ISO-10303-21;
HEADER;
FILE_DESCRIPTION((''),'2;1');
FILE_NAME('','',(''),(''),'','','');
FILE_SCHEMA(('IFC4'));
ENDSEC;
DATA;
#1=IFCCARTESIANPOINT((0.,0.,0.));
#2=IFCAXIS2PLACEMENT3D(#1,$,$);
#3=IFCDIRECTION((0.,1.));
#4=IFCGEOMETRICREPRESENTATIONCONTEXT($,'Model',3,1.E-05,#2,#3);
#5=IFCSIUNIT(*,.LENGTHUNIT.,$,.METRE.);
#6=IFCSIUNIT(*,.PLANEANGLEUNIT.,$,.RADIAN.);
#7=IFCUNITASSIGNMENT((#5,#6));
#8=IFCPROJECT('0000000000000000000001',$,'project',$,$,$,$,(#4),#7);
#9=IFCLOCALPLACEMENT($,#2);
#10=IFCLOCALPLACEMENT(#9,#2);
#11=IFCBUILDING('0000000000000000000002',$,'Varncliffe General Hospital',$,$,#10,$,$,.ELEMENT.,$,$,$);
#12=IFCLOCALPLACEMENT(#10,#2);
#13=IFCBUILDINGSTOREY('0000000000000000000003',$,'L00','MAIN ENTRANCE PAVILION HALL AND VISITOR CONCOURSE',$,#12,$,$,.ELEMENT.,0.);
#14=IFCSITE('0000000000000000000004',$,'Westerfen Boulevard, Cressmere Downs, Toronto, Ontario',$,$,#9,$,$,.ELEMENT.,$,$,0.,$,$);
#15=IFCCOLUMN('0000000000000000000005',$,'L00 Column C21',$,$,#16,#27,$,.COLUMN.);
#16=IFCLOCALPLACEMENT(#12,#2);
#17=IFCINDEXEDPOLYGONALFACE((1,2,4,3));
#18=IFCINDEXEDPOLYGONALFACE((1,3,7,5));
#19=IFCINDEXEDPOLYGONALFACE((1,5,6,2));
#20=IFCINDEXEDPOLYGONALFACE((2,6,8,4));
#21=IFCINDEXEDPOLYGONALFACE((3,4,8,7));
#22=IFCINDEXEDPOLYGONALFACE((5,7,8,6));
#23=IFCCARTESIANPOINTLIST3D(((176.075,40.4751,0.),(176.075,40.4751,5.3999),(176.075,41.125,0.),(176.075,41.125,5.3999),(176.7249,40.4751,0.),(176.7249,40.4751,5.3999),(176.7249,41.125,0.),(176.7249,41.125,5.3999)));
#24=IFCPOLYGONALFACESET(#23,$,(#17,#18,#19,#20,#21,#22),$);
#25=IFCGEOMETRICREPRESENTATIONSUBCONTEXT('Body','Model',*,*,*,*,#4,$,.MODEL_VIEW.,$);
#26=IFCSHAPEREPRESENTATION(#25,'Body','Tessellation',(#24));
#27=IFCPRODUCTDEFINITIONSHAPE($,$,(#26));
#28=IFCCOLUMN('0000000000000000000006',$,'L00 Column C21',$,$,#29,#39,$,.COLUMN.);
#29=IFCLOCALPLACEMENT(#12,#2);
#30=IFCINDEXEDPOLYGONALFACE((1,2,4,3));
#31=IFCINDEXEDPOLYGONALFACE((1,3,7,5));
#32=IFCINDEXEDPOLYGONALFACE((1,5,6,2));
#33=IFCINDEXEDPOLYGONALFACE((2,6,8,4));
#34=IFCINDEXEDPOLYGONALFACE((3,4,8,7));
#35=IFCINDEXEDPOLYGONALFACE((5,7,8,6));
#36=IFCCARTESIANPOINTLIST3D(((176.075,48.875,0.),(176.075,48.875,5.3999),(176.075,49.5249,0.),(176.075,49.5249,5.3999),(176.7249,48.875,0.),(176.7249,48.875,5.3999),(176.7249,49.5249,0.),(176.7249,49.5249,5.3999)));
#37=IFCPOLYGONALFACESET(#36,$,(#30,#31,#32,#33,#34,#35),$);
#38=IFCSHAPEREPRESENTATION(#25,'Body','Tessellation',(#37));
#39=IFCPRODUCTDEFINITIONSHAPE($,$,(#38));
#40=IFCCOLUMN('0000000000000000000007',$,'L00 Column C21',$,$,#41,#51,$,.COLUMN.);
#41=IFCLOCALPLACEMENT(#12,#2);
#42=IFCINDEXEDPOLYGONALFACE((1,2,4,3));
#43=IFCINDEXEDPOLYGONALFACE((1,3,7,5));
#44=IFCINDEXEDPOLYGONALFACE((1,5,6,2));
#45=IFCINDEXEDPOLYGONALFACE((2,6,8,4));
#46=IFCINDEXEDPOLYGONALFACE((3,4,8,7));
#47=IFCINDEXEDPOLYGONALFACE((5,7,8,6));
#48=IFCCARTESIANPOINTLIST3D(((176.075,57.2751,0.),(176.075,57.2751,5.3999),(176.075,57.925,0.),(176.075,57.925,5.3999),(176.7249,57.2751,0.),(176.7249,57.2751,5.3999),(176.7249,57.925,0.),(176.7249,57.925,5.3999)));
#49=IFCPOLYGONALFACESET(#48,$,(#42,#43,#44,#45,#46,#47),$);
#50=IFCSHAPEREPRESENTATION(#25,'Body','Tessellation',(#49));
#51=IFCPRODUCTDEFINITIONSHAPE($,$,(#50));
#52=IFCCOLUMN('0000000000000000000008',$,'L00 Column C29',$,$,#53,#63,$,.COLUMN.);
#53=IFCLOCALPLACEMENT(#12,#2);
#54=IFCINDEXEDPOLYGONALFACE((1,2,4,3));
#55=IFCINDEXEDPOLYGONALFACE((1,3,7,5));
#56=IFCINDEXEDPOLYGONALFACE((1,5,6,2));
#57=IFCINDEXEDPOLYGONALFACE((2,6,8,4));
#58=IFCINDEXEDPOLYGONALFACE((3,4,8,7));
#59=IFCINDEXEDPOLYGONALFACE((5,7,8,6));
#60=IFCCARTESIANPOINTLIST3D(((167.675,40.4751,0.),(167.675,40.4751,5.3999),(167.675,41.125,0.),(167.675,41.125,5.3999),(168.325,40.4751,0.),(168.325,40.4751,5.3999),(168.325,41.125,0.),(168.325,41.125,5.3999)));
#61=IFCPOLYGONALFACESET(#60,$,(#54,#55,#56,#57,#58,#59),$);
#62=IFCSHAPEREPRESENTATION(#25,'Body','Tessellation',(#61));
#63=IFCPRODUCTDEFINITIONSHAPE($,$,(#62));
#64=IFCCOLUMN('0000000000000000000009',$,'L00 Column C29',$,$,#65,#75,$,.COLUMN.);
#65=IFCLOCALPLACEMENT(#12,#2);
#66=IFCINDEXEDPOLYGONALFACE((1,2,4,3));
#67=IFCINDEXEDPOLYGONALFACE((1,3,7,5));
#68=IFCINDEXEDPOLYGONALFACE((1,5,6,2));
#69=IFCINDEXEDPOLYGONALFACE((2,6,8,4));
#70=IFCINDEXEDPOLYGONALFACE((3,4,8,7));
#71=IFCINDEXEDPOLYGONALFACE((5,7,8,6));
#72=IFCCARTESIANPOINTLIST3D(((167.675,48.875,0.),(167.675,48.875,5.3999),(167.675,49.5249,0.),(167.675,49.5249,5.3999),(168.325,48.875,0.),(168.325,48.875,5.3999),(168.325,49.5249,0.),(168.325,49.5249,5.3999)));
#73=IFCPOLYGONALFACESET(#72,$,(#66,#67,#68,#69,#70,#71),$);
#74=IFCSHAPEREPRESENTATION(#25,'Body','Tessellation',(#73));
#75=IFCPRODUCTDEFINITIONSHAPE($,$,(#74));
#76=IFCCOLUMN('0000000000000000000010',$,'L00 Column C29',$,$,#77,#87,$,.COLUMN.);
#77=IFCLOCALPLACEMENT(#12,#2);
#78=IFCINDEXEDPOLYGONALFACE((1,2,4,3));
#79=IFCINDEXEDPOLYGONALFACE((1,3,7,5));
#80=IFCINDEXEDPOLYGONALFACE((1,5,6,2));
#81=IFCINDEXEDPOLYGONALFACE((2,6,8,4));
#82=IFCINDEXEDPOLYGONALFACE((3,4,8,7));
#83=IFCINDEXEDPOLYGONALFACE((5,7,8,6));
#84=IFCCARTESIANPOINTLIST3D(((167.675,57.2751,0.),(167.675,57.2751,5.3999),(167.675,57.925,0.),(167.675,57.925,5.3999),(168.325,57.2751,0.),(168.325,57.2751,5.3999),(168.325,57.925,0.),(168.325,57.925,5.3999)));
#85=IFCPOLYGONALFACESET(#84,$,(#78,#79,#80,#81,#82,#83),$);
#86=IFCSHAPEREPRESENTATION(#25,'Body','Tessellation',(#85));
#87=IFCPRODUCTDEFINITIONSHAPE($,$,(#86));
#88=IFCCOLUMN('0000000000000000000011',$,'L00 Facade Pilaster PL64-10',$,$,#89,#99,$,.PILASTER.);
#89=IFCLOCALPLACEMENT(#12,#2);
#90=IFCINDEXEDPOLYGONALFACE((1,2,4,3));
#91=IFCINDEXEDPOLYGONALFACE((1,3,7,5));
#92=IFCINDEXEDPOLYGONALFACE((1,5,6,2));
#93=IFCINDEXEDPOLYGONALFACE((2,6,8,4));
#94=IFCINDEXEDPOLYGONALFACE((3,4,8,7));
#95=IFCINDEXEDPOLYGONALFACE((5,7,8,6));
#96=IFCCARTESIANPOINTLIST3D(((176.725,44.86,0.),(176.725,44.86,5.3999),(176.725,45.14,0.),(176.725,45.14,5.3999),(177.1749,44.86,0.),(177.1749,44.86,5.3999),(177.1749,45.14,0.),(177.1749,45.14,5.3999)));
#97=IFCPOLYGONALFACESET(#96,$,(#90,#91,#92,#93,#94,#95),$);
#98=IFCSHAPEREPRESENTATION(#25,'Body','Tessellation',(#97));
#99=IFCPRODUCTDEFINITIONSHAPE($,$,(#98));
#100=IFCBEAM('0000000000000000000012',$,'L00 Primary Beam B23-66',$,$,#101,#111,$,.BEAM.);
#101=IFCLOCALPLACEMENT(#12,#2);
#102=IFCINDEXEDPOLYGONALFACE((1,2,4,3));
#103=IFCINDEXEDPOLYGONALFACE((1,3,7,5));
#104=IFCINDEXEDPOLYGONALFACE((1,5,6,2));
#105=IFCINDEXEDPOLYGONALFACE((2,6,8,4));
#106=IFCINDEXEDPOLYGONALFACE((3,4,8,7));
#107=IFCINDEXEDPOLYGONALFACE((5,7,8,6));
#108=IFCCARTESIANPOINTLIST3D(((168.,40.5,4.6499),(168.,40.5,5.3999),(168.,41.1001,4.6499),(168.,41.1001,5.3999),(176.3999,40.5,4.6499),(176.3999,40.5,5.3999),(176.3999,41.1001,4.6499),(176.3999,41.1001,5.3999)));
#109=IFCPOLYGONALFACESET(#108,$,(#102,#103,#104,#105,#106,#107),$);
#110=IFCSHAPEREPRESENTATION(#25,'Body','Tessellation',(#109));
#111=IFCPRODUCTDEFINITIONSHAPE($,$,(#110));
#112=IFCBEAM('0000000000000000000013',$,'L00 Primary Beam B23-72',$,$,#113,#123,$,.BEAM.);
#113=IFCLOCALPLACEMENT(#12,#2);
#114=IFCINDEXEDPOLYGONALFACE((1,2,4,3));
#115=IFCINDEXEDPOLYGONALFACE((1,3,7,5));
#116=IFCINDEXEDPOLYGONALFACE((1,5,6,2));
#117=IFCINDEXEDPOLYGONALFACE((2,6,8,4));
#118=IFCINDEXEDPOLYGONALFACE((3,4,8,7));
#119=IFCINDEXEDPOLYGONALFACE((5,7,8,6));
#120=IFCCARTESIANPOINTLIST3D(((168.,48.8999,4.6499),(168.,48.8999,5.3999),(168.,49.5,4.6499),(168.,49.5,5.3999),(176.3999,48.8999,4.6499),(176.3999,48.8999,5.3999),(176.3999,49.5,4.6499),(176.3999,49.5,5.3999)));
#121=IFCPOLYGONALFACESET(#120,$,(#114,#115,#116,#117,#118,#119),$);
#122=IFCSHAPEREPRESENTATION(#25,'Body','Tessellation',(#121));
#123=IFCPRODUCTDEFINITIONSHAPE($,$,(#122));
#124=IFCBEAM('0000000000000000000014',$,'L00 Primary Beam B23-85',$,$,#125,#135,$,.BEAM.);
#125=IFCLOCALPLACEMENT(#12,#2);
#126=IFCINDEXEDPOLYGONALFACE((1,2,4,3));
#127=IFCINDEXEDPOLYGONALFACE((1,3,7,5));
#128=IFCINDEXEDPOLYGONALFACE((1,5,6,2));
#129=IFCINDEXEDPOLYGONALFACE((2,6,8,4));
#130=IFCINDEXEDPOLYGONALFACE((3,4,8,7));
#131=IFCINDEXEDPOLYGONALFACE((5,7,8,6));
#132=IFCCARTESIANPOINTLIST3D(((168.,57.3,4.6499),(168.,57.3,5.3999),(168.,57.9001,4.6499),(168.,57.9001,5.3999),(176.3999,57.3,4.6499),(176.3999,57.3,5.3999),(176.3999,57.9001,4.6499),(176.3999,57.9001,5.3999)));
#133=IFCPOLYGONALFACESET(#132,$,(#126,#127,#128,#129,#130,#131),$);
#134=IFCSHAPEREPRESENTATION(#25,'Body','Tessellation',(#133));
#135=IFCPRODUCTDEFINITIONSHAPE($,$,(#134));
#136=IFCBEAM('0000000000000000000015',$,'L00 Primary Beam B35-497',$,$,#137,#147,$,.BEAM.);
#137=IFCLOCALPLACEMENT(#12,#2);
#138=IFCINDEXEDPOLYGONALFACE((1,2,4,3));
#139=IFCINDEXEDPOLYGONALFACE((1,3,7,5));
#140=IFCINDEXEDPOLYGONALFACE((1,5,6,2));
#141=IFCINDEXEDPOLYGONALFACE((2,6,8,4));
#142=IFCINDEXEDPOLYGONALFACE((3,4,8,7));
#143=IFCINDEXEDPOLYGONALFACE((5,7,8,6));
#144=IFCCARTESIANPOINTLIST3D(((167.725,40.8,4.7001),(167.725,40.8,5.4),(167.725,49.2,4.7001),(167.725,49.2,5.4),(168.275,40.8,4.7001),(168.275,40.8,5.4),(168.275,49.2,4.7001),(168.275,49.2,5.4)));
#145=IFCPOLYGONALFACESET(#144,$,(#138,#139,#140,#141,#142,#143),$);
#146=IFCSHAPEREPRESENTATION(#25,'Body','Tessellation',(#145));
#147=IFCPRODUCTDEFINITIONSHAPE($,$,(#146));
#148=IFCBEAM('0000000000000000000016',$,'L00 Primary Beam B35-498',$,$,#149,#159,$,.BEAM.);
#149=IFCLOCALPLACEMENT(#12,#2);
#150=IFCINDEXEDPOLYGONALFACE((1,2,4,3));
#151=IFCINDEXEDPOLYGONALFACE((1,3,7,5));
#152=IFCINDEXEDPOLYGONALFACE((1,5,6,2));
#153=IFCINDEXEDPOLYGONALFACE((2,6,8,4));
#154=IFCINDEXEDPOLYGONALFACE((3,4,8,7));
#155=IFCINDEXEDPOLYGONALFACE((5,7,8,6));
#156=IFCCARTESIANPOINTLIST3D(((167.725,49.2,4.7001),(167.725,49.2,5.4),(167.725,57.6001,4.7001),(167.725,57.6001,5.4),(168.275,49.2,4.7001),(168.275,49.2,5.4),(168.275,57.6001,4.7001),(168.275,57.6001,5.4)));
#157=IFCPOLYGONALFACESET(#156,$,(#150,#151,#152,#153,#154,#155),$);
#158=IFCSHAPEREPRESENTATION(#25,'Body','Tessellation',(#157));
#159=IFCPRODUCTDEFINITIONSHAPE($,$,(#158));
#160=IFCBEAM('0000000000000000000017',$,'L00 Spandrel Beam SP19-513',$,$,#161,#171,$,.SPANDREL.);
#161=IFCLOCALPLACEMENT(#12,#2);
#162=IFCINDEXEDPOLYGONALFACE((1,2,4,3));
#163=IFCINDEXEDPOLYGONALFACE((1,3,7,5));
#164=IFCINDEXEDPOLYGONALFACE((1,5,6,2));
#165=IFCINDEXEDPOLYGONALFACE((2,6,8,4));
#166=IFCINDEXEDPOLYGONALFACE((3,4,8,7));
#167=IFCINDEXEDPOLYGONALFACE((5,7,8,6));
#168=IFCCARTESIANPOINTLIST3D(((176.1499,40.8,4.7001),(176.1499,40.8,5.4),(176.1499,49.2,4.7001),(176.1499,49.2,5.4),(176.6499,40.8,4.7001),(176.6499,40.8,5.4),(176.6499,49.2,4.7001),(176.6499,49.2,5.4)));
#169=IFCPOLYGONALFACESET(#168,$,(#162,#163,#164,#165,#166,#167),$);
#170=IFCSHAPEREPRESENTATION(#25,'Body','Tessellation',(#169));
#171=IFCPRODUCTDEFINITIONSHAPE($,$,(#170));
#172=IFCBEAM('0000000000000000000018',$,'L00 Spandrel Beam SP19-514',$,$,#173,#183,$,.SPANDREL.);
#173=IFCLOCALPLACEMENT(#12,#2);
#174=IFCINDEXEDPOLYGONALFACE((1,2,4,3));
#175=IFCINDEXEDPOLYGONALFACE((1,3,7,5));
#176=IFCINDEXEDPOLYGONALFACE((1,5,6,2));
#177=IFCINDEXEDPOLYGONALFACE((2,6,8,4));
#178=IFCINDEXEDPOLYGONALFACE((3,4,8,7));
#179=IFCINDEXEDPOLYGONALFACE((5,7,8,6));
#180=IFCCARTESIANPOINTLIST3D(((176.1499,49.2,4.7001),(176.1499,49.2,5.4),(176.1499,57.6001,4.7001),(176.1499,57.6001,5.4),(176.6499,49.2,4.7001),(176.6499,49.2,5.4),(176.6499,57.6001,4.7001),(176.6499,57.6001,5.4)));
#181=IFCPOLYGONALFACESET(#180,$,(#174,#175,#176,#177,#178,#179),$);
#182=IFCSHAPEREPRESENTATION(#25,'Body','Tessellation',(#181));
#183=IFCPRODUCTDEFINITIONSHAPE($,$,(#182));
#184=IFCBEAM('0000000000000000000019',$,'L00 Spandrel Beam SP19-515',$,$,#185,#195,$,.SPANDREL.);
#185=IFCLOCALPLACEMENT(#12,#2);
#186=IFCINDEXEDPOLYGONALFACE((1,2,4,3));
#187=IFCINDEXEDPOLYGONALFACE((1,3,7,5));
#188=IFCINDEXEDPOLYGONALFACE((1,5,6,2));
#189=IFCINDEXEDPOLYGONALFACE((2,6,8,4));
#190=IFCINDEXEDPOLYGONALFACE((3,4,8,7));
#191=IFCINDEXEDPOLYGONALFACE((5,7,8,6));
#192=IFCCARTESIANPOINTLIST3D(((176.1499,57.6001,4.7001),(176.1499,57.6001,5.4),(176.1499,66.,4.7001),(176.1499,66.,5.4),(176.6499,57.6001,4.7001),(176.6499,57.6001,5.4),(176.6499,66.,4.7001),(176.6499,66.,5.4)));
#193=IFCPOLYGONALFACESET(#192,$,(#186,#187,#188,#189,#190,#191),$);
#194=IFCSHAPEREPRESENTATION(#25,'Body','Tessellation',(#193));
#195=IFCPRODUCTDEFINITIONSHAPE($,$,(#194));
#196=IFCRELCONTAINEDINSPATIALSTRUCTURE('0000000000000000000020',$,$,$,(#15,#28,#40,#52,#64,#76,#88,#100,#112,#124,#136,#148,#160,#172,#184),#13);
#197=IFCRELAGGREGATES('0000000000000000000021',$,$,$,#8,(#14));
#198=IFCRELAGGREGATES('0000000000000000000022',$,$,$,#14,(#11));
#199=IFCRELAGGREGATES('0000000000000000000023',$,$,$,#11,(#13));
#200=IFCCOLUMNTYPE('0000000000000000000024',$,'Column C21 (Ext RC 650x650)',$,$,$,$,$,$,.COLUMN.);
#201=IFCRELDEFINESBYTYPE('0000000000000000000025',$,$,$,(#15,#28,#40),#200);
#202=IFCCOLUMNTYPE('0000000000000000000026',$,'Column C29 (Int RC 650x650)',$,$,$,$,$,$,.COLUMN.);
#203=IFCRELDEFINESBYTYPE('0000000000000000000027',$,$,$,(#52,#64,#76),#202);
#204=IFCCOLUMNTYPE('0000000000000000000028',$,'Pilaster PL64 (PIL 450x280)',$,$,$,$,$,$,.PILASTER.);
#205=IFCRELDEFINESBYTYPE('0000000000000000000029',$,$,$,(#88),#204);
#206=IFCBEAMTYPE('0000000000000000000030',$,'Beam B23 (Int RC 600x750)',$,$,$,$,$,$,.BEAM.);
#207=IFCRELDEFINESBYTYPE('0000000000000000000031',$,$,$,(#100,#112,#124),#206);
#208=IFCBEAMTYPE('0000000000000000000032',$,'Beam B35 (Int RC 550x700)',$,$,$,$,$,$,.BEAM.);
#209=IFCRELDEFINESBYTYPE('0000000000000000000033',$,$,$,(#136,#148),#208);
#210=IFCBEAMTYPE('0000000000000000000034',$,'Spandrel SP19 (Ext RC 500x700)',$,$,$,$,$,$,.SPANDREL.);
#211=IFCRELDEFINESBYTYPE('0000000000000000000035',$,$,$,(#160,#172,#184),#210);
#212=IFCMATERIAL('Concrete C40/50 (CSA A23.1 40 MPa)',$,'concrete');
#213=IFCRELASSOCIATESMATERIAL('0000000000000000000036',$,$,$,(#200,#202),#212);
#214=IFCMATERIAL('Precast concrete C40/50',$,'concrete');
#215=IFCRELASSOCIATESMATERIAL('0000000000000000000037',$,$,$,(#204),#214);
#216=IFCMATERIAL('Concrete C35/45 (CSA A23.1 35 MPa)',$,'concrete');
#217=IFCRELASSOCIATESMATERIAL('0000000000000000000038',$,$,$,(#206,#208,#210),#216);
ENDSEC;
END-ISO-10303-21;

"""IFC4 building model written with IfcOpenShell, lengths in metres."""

from ifc_helpers import new_model, si_unit, direction, frame, origin, origin_2d, place, context, subcontext, project, spatial, rectangle, extrude, material, material_profile, profile_set, type_object, element, save


model = new_model("IFC4")

# Units and contexts
model_context = context("Model", 3, precision=1e-05, world=origin(), true_north=direction((0.0, 1.0)))
body_context = subcontext(model_context, "Body", "Model", "MODEL_VIEW")
ifc_project = project(units=[si_unit("LENGTHUNIT", "METRE"), si_unit("PLANEANGLEUNIT", "RADIAN")], contexts=[model_context])

# Site, building, storey
site_placement = place(None, origin())
site = spatial("IfcSite", under=ifc_project, at=site_placement, Name="Westerfen Boulevard, Cressmere Downs, Toronto, Ontario", CompositionType="ELEMENT", RefElevation=0.0)
building_placement = place(site_placement, origin())
building = spatial("IfcBuilding", under=site, at=building_placement, Name="Varncliffe General Hospital", CompositionType="ELEMENT")
storey_placement = place(building_placement, origin())
storey = spatial("IfcBuildingStorey", under=building, at=storey_placement, Name="L00", Description="MAIN ENTRANCE PAVILION HALL AND VISITOR CONCOURSE", CompositionType="ELEMENT", Elevation=0.0)

# Columns
ifc_material_1 = material(Name="Concrete C40/50 (CSA A23.1 40 MPa)", Category="concrete")
ifc_material_profile_1 = material_profile(ifc_material_1, rectangle(XDim=0.6499, YDim=0.6499, at=origin_2d()), Name="RC 650x650")
ifc_profile_set_1 = profile_set([ifc_material_profile_1], Name="Concrete C40/50 (CSA A23.1 40 MPa)")
column_type_1 = type_object("IfcColumnType", Name="Column C21 (Ext RC 650x650)", PredefinedType="COLUMN", material=ifc_profile_set_1)
for number, where, z_axis, x_axis, name in (
    (1, (176.3999, 40.8, 0.0), (0.0, 0.0, 1.0), (1.0, 0.0, 0.0), "L00 Column C21"),
    (2, (176.3999, 49.2, 0.0), (0.0, 0.0, 1.0), (1.0, 0.0, 0.0), "L00 Column C21"),
    (3, (176.3999, 57.6001, 0.0), (0.0, 0.0, 1.0), (1.0, 0.0, 0.0), "L00 Column C21"),
):
    element("IfcColumn", number, at=place(storey_placement, frame(where, z_axis=z_axis, x_axis=x_axis)), inside=storey, type_object=column_type_1, Name=name, PredefinedType="COLUMN", context=body_context, shape_type="SweptSolid", body=[
        extrude(rectangle(XDim=0.6499, YDim=0.6499, at=origin_2d()), origin(), (0.0, 0.0, 1.0), 5.3999),
    ])
ifc_material_profile_2 = material_profile(ifc_material_1, rectangle(XDim=0.6499, YDim=0.6499, at=origin_2d()), Name="RC 650x650")
ifc_profile_set_2 = profile_set([ifc_material_profile_2], Name="Concrete C40/50 (CSA A23.1 40 MPa)")
column_type_2 = type_object("IfcColumnType", Name="Column C29 (Int RC 650x650)", PredefinedType="COLUMN", material=ifc_profile_set_2)
for number, where, z_axis, x_axis, name in (
    (4, (168.0, 40.8, 0.0), (0.0, 0.0, 1.0), (1.0, 0.0, 0.0), "L00 Column C29"),
    (5, (168.0, 49.2, 0.0), (0.0, 0.0, 1.0), (1.0, 0.0, 0.0), "L00 Column C29"),
    (6, (168.0, 57.6001, 0.0), (0.0, 0.0, 1.0), (1.0, 0.0, 0.0), "L00 Column C29"),
):
    element("IfcColumn", number, at=place(storey_placement, frame(where, z_axis=z_axis, x_axis=x_axis)), inside=storey, type_object=column_type_2, Name=name, PredefinedType="COLUMN", context=body_context, shape_type="SweptSolid", body=[
        extrude(rectangle(XDim=0.6499, YDim=0.6499, at=origin_2d()), origin(), (0.0, 0.0, 1.0), 5.3999),
    ])
ifc_material_2 = material(Name="Precast concrete C40/50", Category="concrete")
ifc_material_profile_3 = material_profile(ifc_material_2, rectangle(XDim=0.45, YDim=0.28, at=origin_2d()), Name="PIL 450x280")
ifc_profile_set_3 = profile_set([ifc_material_profile_3], Name="Precast concrete C40/50")
column_type_3 = type_object("IfcColumnType", Name="Pilaster PL64 (PIL 450x280)", PredefinedType="PILASTER", material=ifc_profile_set_3)
column_placement = place(storey_placement, frame((176.95, 45.0, 0.0), z_axis=(0.0, 0.0, 1.0), x_axis=(1.0, 0.0, 0.0)))
element("IfcColumn", 7, at=column_placement, inside=storey, type_object=column_type_3, Name="L00 Facade Pilaster PL64-10", PredefinedType="PILASTER", context=body_context, shape_type="SweptSolid", body=[
    extrude(rectangle(XDim=0.45, YDim=0.28, at=origin_2d()), origin(), (0.0, 0.0, 1.0), 5.3999),
])

# Beams
ifc_material_3 = material(Name="Concrete C35/45 (CSA A23.1 35 MPa)", Category="concrete")
ifc_material_profile_4 = material_profile(ifc_material_3, rectangle(XDim=0.6001, YDim=0.75, at=origin_2d()), Name="RC 600x750")
ifc_profile_set_4 = profile_set([ifc_material_profile_4], Name="Concrete C35/45 (CSA A23.1 35 MPa)")
beam_type_1 = type_object("IfcBeamType", Name="Beam B23 (Int RC 600x750)", PredefinedType="BEAM", material=ifc_profile_set_4)
for number, where, z_axis, x_axis, name in (
    (8, (168.0, 40.8, 5.0249), (1.0, 0.0, 0.0), (0.0, 1.0, 0.0), "L00 Primary Beam B23-66"),
    (9, (168.0, 49.2, 5.0249), (1.0, 0.0, 0.0), (0.0, 1.0, 0.0), "L00 Primary Beam B23-72"),
    (10, (168.0, 57.6001, 5.0249), (1.0, 0.0, 0.0), (0.0, 1.0, 0.0), "L00 Primary Beam B23-85"),
):
    element("IfcBeam", number, at=place(storey_placement, frame(where, z_axis=z_axis, x_axis=x_axis)), inside=storey, type_object=beam_type_1, Name=name, PredefinedType="BEAM", context=body_context, shape_type="SweptSolid", body=[
        extrude(rectangle(XDim=0.6001, YDim=0.75, at=origin_2d()), origin(), (0.0, 0.0, 1.0), 8.3999),
    ])
ifc_material_profile_5 = material_profile(ifc_material_3, rectangle(XDim=0.55, YDim=0.7, at=origin_2d()), Name="RC 550x700")
ifc_profile_set_5 = profile_set([ifc_material_profile_5], Name="Concrete C35/45 (CSA A23.1 35 MPa)")
beam_type_2 = type_object("IfcBeamType", Name="Beam B35 (Int RC 550x700)", PredefinedType="BEAM", material=ifc_profile_set_5)
beam_1_placement = place(storey_placement, frame((168.0, 40.8, 5.05), z_axis=(0.0, 1.0, 0.0), x_axis=(-1.0, 0.0, 0.0)))
element("IfcBeam", 11, at=beam_1_placement, inside=storey, type_object=beam_type_2, Name="L00 Primary Beam B35-497", PredefinedType="BEAM", context=body_context, shape_type="SweptSolid", body=[
    extrude(rectangle(XDim=0.55, YDim=0.7, at=origin_2d()), origin(), (0.0, 0.0, 1.0), 8.3999),
])
beam_2_placement = place(storey_placement, frame((168.0, 49.2, 5.05), z_axis=(0.0, 1.0, 0.0), x_axis=(-1.0, 0.0, 0.0)))
element("IfcBeam", 12, at=beam_2_placement, inside=storey, type_object=beam_type_2, Name="L00 Primary Beam B35-498", PredefinedType="BEAM", context=body_context, shape_type="SweptSolid", body=[
    extrude(rectangle(XDim=0.55, YDim=0.7, at=origin_2d()), origin(), (0.0, 0.0, 1.0), 8.4001),
])
ifc_material_profile_6 = material_profile(ifc_material_3, rectangle(XDim=0.5, YDim=0.7, at=origin_2d()), Name="RC 500x700")
ifc_profile_set_6 = profile_set([ifc_material_profile_6], Name="Concrete C35/45 (CSA A23.1 35 MPa)")
beam_type_3 = type_object("IfcBeamType", Name="Spandrel SP19 (Ext RC 500x700)", PredefinedType="SPANDREL", material=ifc_profile_set_6)
beam_3_placement = place(storey_placement, frame((176.3999, 40.8, 5.05), z_axis=(0.0, 1.0, 0.0), x_axis=(-1.0, 0.0, 0.0)))
element("IfcBeam", 13, at=beam_3_placement, inside=storey, type_object=beam_type_3, Name="L00 Spandrel Beam SP19-513", PredefinedType="SPANDREL", context=body_context, shape_type="SweptSolid", body=[
    extrude(rectangle(XDim=0.5, YDim=0.7, at=origin_2d()), origin(), (0.0, 0.0, 1.0), 8.3999),
])
beam_4_placement = place(storey_placement, frame((176.3999, 49.2, 5.05), z_axis=(0.0, 1.0, 0.0), x_axis=(-1.0, 0.0, 0.0)))
element("IfcBeam", 14, at=beam_4_placement, inside=storey, type_object=beam_type_3, Name="L00 Spandrel Beam SP19-514", PredefinedType="SPANDREL", context=body_context, shape_type="SweptSolid", body=[
    extrude(rectangle(XDim=0.5, YDim=0.7, at=origin_2d()), origin(), (0.0, 0.0, 1.0), 8.4001),
])
beam_5_placement = place(storey_placement, frame((176.3999, 57.6001, 5.05), z_axis=(0.0, 1.0, 0.0), x_axis=(-1.0, 0.0, 0.0)))
element("IfcBeam", 15, at=beam_5_placement, inside=storey, type_object=beam_type_3, Name="L00 Spandrel Beam SP19-515", PredefinedType="SPANDREL", context=body_context, shape_type="SweptSolid", body=[
    extrude(rectangle(XDim=0.5, YDim=0.7, at=origin_2d()), origin(), (0.0, 0.0, 1.0), 8.3999),
])

save(model, "model.ifc")
